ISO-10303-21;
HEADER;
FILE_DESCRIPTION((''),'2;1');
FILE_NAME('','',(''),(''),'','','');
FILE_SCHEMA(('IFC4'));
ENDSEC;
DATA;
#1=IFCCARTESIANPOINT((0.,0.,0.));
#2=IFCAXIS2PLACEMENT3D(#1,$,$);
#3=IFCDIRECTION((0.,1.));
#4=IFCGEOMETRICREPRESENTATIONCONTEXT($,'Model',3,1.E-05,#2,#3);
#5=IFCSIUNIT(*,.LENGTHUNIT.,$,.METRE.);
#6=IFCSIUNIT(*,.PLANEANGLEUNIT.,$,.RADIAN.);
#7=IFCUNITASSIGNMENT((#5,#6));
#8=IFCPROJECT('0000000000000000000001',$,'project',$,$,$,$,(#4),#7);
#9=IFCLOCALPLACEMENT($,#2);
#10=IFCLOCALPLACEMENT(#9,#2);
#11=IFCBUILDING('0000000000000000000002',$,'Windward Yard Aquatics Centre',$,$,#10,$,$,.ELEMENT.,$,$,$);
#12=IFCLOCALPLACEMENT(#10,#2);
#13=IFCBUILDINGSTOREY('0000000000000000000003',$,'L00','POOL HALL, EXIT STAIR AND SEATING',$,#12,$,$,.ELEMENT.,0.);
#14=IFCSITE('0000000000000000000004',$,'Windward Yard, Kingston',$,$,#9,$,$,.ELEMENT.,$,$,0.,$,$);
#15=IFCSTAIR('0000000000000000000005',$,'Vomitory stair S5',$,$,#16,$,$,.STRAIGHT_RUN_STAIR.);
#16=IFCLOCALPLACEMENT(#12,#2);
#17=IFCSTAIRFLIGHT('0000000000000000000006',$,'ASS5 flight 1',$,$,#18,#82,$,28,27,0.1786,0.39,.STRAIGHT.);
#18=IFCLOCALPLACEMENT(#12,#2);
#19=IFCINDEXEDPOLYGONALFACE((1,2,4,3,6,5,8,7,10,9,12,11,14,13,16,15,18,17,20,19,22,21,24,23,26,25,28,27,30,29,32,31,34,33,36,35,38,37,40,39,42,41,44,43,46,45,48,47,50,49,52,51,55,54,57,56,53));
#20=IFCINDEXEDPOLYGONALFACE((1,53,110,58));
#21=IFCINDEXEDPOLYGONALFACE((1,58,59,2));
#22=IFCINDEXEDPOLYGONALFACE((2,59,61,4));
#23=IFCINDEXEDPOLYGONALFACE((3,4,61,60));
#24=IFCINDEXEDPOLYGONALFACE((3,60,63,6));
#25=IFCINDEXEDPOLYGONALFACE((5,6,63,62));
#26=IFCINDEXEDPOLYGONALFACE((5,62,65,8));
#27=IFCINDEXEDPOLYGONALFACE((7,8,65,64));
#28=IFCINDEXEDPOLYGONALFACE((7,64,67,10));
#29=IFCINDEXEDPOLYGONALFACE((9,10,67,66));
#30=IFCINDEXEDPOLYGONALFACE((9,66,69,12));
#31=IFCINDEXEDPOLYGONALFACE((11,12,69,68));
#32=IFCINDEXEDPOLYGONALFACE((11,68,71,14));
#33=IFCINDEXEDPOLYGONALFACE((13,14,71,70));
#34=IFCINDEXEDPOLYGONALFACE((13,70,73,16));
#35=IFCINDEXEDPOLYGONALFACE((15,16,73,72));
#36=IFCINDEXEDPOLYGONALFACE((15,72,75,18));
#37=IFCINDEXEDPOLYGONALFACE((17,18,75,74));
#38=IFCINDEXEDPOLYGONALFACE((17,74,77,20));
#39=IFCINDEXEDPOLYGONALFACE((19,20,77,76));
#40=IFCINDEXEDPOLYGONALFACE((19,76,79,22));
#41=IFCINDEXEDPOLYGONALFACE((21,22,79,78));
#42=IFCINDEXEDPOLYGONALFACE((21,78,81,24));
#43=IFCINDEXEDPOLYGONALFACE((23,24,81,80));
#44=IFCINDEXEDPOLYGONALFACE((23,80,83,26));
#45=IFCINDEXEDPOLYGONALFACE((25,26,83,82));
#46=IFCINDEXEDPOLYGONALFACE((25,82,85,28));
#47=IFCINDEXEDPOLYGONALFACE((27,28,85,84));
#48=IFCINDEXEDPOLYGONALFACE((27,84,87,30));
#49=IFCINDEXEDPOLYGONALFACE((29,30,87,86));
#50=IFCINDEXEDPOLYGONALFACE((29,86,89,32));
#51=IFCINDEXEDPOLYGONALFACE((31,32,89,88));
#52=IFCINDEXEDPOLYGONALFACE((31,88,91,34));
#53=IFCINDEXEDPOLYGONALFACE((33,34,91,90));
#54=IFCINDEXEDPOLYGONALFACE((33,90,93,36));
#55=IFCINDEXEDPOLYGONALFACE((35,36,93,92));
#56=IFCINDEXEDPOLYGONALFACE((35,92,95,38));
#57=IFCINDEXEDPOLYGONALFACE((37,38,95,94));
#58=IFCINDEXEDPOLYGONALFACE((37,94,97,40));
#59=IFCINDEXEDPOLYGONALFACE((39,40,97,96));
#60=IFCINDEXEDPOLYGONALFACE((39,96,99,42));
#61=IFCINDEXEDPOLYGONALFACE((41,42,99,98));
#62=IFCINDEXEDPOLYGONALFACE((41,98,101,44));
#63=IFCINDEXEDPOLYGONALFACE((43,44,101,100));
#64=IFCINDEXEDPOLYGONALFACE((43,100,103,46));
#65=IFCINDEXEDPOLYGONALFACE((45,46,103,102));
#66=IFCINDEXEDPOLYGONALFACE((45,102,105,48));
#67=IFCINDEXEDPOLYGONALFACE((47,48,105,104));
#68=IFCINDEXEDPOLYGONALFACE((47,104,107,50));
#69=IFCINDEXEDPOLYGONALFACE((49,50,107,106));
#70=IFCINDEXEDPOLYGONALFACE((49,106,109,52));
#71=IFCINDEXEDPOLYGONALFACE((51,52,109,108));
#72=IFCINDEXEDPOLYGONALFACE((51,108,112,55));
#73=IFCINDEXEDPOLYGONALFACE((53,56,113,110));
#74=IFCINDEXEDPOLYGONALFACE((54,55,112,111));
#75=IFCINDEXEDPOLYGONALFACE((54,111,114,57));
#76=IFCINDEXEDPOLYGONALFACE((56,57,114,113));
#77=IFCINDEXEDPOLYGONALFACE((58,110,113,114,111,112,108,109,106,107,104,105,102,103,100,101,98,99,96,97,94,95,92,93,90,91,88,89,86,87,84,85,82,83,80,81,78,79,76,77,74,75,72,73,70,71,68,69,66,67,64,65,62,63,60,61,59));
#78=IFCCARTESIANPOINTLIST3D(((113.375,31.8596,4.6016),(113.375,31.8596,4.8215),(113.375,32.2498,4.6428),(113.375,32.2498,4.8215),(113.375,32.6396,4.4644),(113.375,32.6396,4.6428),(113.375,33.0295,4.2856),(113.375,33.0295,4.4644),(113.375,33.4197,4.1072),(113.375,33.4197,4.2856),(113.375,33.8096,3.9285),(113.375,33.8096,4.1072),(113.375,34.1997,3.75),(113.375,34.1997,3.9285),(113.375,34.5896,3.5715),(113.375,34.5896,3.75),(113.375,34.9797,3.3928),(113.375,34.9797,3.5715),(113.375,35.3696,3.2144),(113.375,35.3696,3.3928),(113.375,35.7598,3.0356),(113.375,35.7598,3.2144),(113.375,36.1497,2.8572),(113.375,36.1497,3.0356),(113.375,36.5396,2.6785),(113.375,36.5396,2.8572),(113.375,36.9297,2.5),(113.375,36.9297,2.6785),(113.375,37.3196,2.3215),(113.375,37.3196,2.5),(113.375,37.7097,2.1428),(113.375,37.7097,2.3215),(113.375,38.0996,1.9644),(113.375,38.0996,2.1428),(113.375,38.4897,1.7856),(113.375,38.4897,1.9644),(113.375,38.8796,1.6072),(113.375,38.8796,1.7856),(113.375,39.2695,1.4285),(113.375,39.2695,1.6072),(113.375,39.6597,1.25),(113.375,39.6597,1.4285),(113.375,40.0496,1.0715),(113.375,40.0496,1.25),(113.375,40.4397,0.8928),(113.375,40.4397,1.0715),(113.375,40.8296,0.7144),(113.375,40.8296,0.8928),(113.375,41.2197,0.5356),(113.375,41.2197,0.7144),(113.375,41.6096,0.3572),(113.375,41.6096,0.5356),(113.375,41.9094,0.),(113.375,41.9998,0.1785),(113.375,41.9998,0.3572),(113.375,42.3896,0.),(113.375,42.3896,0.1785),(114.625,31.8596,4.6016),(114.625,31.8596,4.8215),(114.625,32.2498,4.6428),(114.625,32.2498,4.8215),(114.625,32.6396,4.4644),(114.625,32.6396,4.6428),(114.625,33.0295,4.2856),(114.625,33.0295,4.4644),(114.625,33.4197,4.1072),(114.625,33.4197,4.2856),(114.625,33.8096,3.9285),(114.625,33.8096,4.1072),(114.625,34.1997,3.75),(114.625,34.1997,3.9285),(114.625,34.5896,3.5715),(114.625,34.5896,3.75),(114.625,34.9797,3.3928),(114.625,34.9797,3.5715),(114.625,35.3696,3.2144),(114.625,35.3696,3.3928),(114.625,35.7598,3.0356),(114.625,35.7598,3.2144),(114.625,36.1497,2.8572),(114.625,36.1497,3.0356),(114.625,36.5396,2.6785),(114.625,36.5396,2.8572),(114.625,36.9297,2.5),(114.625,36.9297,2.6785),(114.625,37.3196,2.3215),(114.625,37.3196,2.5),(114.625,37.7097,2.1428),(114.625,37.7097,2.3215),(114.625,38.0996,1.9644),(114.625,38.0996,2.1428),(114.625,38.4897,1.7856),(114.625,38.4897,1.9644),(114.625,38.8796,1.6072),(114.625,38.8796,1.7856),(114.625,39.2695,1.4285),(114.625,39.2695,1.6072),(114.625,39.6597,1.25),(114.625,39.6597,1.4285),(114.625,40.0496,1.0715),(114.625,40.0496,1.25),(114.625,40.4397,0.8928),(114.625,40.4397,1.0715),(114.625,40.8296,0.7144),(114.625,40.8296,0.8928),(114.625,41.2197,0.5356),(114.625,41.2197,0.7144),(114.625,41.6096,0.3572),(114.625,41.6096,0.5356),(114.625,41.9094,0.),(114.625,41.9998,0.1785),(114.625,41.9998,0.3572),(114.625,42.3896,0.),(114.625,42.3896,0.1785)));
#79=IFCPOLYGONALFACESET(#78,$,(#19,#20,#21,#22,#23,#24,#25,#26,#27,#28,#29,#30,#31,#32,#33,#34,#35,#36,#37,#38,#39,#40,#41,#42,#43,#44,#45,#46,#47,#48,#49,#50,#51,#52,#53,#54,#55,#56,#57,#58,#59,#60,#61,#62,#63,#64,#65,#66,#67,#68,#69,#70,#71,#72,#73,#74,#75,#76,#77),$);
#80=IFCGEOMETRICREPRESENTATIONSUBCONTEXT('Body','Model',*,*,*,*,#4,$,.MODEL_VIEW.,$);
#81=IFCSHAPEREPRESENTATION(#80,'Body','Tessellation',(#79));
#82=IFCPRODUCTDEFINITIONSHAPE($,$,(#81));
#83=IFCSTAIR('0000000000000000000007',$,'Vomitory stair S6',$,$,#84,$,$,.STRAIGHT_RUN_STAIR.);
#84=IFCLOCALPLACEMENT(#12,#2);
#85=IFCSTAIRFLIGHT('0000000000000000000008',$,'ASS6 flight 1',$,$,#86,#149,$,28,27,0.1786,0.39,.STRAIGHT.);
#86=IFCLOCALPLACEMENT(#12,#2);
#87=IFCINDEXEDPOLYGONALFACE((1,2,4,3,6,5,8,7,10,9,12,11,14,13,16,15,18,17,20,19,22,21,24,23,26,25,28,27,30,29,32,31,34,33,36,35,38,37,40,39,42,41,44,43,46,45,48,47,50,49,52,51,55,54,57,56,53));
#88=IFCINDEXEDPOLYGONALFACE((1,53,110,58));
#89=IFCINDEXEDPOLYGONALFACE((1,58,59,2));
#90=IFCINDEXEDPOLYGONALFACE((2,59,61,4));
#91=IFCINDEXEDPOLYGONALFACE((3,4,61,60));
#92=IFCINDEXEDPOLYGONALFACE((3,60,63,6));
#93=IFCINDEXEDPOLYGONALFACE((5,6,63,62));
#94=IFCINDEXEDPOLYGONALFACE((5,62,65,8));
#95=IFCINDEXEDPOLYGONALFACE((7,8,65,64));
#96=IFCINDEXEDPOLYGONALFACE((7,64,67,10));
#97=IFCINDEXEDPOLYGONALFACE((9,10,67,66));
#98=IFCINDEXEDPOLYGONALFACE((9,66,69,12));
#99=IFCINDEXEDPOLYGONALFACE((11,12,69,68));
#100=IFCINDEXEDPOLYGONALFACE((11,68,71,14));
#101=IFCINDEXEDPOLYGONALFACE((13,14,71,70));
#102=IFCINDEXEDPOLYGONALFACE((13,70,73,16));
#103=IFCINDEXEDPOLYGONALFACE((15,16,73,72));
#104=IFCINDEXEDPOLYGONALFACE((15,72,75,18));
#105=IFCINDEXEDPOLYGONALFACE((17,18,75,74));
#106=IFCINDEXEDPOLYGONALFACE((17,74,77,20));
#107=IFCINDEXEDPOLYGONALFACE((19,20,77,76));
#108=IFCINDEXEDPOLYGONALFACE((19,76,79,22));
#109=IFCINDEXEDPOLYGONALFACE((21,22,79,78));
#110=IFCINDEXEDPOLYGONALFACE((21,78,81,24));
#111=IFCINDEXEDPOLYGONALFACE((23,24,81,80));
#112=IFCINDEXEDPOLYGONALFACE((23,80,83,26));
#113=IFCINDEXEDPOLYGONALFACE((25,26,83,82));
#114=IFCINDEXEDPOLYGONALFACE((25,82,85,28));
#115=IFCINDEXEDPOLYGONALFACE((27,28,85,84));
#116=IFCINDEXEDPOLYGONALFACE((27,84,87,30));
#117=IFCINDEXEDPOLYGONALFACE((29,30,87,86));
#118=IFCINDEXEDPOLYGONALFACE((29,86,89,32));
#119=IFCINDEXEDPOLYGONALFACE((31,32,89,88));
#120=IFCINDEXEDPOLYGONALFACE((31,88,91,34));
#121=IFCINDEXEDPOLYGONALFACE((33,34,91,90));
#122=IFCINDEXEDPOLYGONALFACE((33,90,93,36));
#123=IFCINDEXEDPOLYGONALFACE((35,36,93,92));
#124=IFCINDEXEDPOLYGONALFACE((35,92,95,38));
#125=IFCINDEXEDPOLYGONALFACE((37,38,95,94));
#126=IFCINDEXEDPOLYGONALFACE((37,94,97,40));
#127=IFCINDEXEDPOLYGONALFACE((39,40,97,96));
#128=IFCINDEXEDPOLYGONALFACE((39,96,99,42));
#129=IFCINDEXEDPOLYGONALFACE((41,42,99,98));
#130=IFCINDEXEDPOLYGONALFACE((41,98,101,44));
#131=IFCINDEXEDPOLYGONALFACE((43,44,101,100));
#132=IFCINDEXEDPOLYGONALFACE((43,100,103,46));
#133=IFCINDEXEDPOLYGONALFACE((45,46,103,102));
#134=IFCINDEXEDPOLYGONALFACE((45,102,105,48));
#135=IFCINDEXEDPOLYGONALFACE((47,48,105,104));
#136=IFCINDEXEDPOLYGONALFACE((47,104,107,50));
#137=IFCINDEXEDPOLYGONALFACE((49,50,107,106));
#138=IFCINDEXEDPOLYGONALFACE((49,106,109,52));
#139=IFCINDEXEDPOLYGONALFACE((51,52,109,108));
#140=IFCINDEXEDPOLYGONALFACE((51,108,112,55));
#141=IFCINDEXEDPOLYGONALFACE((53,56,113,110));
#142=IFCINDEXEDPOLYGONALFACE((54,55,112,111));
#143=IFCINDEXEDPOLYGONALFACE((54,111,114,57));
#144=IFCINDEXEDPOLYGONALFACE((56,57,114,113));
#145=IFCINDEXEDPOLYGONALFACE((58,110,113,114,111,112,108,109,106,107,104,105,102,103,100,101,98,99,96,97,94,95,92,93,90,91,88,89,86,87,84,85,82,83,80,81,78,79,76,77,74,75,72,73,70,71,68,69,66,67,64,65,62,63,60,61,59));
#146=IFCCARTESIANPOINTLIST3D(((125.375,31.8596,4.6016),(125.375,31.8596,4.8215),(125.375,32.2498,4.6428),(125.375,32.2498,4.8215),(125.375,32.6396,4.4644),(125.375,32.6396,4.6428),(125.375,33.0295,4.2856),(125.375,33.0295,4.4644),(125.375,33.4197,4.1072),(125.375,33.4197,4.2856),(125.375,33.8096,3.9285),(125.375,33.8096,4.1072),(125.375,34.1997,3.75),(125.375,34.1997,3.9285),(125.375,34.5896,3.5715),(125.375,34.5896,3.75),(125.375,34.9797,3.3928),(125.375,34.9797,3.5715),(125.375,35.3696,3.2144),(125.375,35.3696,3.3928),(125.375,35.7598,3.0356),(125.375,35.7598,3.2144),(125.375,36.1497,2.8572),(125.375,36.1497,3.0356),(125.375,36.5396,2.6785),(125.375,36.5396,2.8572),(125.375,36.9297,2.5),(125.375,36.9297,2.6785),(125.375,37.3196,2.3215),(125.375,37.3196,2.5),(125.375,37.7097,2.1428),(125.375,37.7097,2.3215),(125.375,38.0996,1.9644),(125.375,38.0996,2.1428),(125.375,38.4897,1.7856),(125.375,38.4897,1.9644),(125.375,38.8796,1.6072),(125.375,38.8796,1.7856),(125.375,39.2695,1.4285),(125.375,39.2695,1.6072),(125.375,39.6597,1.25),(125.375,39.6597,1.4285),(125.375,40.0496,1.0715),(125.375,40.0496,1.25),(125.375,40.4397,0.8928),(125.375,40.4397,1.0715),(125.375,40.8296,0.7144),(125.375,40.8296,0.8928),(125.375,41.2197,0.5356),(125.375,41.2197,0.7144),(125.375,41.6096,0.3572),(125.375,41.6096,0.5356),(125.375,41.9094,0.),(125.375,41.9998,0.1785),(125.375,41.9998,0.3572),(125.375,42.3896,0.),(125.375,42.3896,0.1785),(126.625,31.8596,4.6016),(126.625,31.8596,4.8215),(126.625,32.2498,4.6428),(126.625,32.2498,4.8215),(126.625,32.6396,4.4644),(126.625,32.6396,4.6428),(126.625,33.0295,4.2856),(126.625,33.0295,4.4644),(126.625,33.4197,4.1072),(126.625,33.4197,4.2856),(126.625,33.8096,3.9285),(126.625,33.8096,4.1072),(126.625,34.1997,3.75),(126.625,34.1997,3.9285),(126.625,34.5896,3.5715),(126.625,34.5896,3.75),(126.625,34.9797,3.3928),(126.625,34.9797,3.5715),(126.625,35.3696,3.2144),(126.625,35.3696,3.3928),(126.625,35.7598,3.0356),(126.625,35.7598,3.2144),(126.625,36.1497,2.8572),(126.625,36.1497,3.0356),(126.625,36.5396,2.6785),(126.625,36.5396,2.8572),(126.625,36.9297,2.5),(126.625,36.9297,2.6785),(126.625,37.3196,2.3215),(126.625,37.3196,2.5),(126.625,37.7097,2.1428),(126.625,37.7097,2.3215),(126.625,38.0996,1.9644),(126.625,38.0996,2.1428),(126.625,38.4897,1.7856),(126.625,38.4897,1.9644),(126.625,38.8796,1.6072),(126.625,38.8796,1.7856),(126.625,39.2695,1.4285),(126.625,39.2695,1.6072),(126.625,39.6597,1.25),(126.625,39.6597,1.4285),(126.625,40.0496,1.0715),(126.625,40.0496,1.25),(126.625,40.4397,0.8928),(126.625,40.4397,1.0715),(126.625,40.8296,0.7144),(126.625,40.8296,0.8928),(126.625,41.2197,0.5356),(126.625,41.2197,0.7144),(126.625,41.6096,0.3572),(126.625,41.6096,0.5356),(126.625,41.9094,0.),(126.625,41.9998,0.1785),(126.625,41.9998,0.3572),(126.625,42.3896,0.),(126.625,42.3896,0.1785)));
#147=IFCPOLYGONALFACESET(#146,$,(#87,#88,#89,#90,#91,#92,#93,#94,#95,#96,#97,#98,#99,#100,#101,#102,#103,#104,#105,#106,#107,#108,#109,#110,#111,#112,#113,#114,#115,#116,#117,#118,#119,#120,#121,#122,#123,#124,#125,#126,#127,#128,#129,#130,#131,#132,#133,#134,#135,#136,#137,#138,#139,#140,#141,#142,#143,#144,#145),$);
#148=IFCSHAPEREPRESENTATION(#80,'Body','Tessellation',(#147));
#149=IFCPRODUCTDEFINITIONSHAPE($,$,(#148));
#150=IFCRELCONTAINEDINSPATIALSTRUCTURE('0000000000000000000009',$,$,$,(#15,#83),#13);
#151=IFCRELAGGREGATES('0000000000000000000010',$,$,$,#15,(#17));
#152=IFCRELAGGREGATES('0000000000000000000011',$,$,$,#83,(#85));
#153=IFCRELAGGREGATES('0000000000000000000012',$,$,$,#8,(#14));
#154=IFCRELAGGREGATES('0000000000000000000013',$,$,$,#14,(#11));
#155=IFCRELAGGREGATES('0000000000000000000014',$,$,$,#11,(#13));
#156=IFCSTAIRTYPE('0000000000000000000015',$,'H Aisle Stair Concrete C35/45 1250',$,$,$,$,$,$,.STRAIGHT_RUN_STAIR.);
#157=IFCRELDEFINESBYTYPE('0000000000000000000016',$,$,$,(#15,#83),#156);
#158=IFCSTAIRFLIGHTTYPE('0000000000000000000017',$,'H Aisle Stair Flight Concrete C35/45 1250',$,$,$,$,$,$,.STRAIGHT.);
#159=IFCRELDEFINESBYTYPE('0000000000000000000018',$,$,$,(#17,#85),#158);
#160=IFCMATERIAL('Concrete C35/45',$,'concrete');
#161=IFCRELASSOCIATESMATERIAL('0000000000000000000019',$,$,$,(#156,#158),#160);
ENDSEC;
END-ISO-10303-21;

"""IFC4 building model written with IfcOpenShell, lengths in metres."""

from ifc_helpers import new_model, si_unit, direction, frame, origin, place, context, subcontext, project, spatial, polyline, outline, extrude, material, type_object, element, aggregate, save


model = new_model("IFC4")

# Units and contexts
model_context = context("Model", 3, precision=1e-05, world=origin(), true_north=direction((0.0, 1.0)))
body_context = subcontext(model_context, "Body", "Model", "MODEL_VIEW")
ifc_project = project(units=[si_unit("LENGTHUNIT", "METRE"), si_unit("PLANEANGLEUNIT", "RADIAN")], contexts=[model_context])

# Site, building, storey
site_placement = place(None, origin())
site = spatial("IfcSite", under=ifc_project, at=site_placement, Name="Windward Yard, Kingston", CompositionType="ELEMENT", RefElevation=0.0)
building_placement = place(site_placement, origin())
building = spatial("IfcBuilding", under=site, at=building_placement, Name="Windward Yard Aquatics Centre", CompositionType="ELEMENT")
storey_placement = place(building_placement, origin())
storey = spatial("IfcBuildingStorey", under=building, at=storey_placement, Name="L00", Description="POOL HALL, EXIT STAIR AND SEATING", CompositionType="ELEMENT", Elevation=0.0)

# Shared definitions
ifc_material_1 = material(Name="Concrete C35/45", Category="concrete")

# Stairs, stair flights
stair_type = type_object("IfcStairType", Name="H Aisle Stair Concrete C35/45 1250", PredefinedType="STRAIGHT_RUN_STAIR", material=ifc_material_1)
stair_1_placement = place(storey_placement, origin())
stair_1 = element("IfcStair", 1, at=stair_1_placement, inside=storey, type_object=stair_type, Name="Vomitory stair S5", PredefinedType="STRAIGHT_RUN_STAIR")
stair_flight_type = type_object("IfcStairFlightType", Name="H Aisle Stair Flight Concrete C35/45 1250", PredefinedType="STRAIGHT", material=ifc_material_1)
stair_flight_1_placement = place(storey_placement, frame((114.0, 42.3896, 0.0), z_axis=(0.0, 0.0, 1.0), x_axis=(0.0, -1.0, 0.0)))
stair_flight_1 = element("IfcStairFlight", 2, at=stair_flight_1_placement, type_object=stair_flight_type, Name="ASS5 flight 1", NumberOfRisers=28, NumberOfTreads=27, PredefinedType="STRAIGHT", RiserHeight=0.1786, TreadLength=0.39, context=body_context, shape_type="SweptSolid", body=[
    extrude(outline(polyline([(0.0, 0.0), (0.0, 0.1785), (0.3899, 0.1785), (0.3899, 0.3572), (0.78, 0.3572), (0.78, 0.5356), (1.1699, 0.5356), (1.1699, 0.7144), (1.5601, 0.7144), (1.5601, 0.8928), (1.95, 0.8928), (1.95, 1.0715), (2.3401, 1.0715), (2.3401, 1.25), (2.73, 1.25), (2.73, 1.4285), (3.1201, 1.4285), (3.1201, 1.6072), (3.51, 1.6072), (3.51, 1.7856), (3.8999, 1.7856), (3.8999, 1.9644), (4.29, 1.9644), (4.29, 2.1428), (4.6799, 2.1428), (4.6799, 2.3215), (5.0701, 2.3215), (5.0701, 2.5), (5.46, 2.5), (5.46, 2.6785), (5.8501, 2.6785), (5.8501, 2.8572), (6.24, 2.8572), (6.24, 3.0356), (6.6299, 3.0356), (6.6299, 3.2144), (7.02, 3.2144), (7.02, 3.3928), (7.4099, 3.3928), (7.4099, 3.5715), (7.8, 3.5715), (7.8, 3.75), (8.1899, 3.75), (8.1899, 3.9285), (8.5801, 3.9285), (8.5801, 4.1072), (8.97, 4.1072), (8.97, 4.2856), (9.3601, 4.2856), (9.3601, 4.4644), (9.75, 4.4644), (9.75, 4.6428), (10.1399, 4.6428), (10.1399, 4.8215), (10.53, 4.8215), (10.53, 5.0), (10.53, 4.6016), (0.4802, 0.0), (0.0, 0.0)])), frame((0.0, 0.625, 0.0), z_axis=(0.0, -1.0, 0.0), x_axis=(1.0, 0.0, 0.0)), (0.0, 0.0, 1.0), 1.25),
])
aggregate(stair_1, [stair_flight_1])
stair_2_placement = place(storey_placement, origin())
stair_2 = element("IfcStair", 3, at=stair_2_placement, inside=storey, type_object=stair_type, Name="Vomitory stair S6", PredefinedType="STRAIGHT_RUN_STAIR")
stair_flight_2_placement = place(storey_placement, frame((126.0, 42.3896, 0.0), z_axis=(0.0, 0.0, 1.0), x_axis=(0.0, -1.0, 0.0)))
stair_flight_2 = element("IfcStairFlight", 4, at=stair_flight_2_placement, type_object=stair_flight_type, Name="ASS6 flight 1", NumberOfRisers=28, NumberOfTreads=27, PredefinedType="STRAIGHT", RiserHeight=0.1786, TreadLength=0.39, context=body_context, shape_type="SweptSolid", body=[
    extrude(outline(polyline([(0.0, 0.0), (0.0, 0.1785), (0.3899, 0.1785), (0.3899, 0.3572), (0.78, 0.3572), (0.78, 0.5356), (1.1699, 0.5356), (1.1699, 0.7144), (1.5601, 0.7144), (1.5601, 0.8928), (1.95, 0.8928), (1.95, 1.0715), (2.3401, 1.0715), (2.3401, 1.25), (2.73, 1.25), (2.73, 1.4285), (3.1201, 1.4285), (3.1201, 1.6072), (3.51, 1.6072), (3.51, 1.7856), (3.8999, 1.7856), (3.8999, 1.9644), (4.29, 1.9644), (4.29, 2.1428), (4.6799, 2.1428), (4.6799, 2.3215), (5.0701, 2.3215), (5.0701, 2.5), (5.46, 2.5), (5.46, 2.6785), (5.8501, 2.6785), (5.8501, 2.8572), (6.24, 2.8572), (6.24, 3.0356), (6.6299, 3.0356), (6.6299, 3.2144), (7.02, 3.2144), (7.02, 3.3928), (7.4099, 3.3928), (7.4099, 3.5715), (7.8, 3.5715), (7.8, 3.75), (8.1899, 3.75), (8.1899, 3.9285), (8.5801, 3.9285), (8.5801, 4.1072), (8.97, 4.1072), (8.97, 4.2856), (9.3601, 4.2856), (9.3601, 4.4644), (9.75, 4.4644), (9.75, 4.6428), (10.1399, 4.6428), (10.1399, 4.8215), (10.53, 4.8215), (10.53, 5.0), (10.53, 4.6016), (0.4802, 0.0), (0.0, 0.0)])), frame((0.0, 0.625, 0.0), z_axis=(0.0, -1.0, 0.0), x_axis=(1.0, 0.0, 0.0)), (0.0, 0.0, 1.0), 1.25),
])
aggregate(stair_2, [stair_flight_2])

save(model, "model.ifc")
